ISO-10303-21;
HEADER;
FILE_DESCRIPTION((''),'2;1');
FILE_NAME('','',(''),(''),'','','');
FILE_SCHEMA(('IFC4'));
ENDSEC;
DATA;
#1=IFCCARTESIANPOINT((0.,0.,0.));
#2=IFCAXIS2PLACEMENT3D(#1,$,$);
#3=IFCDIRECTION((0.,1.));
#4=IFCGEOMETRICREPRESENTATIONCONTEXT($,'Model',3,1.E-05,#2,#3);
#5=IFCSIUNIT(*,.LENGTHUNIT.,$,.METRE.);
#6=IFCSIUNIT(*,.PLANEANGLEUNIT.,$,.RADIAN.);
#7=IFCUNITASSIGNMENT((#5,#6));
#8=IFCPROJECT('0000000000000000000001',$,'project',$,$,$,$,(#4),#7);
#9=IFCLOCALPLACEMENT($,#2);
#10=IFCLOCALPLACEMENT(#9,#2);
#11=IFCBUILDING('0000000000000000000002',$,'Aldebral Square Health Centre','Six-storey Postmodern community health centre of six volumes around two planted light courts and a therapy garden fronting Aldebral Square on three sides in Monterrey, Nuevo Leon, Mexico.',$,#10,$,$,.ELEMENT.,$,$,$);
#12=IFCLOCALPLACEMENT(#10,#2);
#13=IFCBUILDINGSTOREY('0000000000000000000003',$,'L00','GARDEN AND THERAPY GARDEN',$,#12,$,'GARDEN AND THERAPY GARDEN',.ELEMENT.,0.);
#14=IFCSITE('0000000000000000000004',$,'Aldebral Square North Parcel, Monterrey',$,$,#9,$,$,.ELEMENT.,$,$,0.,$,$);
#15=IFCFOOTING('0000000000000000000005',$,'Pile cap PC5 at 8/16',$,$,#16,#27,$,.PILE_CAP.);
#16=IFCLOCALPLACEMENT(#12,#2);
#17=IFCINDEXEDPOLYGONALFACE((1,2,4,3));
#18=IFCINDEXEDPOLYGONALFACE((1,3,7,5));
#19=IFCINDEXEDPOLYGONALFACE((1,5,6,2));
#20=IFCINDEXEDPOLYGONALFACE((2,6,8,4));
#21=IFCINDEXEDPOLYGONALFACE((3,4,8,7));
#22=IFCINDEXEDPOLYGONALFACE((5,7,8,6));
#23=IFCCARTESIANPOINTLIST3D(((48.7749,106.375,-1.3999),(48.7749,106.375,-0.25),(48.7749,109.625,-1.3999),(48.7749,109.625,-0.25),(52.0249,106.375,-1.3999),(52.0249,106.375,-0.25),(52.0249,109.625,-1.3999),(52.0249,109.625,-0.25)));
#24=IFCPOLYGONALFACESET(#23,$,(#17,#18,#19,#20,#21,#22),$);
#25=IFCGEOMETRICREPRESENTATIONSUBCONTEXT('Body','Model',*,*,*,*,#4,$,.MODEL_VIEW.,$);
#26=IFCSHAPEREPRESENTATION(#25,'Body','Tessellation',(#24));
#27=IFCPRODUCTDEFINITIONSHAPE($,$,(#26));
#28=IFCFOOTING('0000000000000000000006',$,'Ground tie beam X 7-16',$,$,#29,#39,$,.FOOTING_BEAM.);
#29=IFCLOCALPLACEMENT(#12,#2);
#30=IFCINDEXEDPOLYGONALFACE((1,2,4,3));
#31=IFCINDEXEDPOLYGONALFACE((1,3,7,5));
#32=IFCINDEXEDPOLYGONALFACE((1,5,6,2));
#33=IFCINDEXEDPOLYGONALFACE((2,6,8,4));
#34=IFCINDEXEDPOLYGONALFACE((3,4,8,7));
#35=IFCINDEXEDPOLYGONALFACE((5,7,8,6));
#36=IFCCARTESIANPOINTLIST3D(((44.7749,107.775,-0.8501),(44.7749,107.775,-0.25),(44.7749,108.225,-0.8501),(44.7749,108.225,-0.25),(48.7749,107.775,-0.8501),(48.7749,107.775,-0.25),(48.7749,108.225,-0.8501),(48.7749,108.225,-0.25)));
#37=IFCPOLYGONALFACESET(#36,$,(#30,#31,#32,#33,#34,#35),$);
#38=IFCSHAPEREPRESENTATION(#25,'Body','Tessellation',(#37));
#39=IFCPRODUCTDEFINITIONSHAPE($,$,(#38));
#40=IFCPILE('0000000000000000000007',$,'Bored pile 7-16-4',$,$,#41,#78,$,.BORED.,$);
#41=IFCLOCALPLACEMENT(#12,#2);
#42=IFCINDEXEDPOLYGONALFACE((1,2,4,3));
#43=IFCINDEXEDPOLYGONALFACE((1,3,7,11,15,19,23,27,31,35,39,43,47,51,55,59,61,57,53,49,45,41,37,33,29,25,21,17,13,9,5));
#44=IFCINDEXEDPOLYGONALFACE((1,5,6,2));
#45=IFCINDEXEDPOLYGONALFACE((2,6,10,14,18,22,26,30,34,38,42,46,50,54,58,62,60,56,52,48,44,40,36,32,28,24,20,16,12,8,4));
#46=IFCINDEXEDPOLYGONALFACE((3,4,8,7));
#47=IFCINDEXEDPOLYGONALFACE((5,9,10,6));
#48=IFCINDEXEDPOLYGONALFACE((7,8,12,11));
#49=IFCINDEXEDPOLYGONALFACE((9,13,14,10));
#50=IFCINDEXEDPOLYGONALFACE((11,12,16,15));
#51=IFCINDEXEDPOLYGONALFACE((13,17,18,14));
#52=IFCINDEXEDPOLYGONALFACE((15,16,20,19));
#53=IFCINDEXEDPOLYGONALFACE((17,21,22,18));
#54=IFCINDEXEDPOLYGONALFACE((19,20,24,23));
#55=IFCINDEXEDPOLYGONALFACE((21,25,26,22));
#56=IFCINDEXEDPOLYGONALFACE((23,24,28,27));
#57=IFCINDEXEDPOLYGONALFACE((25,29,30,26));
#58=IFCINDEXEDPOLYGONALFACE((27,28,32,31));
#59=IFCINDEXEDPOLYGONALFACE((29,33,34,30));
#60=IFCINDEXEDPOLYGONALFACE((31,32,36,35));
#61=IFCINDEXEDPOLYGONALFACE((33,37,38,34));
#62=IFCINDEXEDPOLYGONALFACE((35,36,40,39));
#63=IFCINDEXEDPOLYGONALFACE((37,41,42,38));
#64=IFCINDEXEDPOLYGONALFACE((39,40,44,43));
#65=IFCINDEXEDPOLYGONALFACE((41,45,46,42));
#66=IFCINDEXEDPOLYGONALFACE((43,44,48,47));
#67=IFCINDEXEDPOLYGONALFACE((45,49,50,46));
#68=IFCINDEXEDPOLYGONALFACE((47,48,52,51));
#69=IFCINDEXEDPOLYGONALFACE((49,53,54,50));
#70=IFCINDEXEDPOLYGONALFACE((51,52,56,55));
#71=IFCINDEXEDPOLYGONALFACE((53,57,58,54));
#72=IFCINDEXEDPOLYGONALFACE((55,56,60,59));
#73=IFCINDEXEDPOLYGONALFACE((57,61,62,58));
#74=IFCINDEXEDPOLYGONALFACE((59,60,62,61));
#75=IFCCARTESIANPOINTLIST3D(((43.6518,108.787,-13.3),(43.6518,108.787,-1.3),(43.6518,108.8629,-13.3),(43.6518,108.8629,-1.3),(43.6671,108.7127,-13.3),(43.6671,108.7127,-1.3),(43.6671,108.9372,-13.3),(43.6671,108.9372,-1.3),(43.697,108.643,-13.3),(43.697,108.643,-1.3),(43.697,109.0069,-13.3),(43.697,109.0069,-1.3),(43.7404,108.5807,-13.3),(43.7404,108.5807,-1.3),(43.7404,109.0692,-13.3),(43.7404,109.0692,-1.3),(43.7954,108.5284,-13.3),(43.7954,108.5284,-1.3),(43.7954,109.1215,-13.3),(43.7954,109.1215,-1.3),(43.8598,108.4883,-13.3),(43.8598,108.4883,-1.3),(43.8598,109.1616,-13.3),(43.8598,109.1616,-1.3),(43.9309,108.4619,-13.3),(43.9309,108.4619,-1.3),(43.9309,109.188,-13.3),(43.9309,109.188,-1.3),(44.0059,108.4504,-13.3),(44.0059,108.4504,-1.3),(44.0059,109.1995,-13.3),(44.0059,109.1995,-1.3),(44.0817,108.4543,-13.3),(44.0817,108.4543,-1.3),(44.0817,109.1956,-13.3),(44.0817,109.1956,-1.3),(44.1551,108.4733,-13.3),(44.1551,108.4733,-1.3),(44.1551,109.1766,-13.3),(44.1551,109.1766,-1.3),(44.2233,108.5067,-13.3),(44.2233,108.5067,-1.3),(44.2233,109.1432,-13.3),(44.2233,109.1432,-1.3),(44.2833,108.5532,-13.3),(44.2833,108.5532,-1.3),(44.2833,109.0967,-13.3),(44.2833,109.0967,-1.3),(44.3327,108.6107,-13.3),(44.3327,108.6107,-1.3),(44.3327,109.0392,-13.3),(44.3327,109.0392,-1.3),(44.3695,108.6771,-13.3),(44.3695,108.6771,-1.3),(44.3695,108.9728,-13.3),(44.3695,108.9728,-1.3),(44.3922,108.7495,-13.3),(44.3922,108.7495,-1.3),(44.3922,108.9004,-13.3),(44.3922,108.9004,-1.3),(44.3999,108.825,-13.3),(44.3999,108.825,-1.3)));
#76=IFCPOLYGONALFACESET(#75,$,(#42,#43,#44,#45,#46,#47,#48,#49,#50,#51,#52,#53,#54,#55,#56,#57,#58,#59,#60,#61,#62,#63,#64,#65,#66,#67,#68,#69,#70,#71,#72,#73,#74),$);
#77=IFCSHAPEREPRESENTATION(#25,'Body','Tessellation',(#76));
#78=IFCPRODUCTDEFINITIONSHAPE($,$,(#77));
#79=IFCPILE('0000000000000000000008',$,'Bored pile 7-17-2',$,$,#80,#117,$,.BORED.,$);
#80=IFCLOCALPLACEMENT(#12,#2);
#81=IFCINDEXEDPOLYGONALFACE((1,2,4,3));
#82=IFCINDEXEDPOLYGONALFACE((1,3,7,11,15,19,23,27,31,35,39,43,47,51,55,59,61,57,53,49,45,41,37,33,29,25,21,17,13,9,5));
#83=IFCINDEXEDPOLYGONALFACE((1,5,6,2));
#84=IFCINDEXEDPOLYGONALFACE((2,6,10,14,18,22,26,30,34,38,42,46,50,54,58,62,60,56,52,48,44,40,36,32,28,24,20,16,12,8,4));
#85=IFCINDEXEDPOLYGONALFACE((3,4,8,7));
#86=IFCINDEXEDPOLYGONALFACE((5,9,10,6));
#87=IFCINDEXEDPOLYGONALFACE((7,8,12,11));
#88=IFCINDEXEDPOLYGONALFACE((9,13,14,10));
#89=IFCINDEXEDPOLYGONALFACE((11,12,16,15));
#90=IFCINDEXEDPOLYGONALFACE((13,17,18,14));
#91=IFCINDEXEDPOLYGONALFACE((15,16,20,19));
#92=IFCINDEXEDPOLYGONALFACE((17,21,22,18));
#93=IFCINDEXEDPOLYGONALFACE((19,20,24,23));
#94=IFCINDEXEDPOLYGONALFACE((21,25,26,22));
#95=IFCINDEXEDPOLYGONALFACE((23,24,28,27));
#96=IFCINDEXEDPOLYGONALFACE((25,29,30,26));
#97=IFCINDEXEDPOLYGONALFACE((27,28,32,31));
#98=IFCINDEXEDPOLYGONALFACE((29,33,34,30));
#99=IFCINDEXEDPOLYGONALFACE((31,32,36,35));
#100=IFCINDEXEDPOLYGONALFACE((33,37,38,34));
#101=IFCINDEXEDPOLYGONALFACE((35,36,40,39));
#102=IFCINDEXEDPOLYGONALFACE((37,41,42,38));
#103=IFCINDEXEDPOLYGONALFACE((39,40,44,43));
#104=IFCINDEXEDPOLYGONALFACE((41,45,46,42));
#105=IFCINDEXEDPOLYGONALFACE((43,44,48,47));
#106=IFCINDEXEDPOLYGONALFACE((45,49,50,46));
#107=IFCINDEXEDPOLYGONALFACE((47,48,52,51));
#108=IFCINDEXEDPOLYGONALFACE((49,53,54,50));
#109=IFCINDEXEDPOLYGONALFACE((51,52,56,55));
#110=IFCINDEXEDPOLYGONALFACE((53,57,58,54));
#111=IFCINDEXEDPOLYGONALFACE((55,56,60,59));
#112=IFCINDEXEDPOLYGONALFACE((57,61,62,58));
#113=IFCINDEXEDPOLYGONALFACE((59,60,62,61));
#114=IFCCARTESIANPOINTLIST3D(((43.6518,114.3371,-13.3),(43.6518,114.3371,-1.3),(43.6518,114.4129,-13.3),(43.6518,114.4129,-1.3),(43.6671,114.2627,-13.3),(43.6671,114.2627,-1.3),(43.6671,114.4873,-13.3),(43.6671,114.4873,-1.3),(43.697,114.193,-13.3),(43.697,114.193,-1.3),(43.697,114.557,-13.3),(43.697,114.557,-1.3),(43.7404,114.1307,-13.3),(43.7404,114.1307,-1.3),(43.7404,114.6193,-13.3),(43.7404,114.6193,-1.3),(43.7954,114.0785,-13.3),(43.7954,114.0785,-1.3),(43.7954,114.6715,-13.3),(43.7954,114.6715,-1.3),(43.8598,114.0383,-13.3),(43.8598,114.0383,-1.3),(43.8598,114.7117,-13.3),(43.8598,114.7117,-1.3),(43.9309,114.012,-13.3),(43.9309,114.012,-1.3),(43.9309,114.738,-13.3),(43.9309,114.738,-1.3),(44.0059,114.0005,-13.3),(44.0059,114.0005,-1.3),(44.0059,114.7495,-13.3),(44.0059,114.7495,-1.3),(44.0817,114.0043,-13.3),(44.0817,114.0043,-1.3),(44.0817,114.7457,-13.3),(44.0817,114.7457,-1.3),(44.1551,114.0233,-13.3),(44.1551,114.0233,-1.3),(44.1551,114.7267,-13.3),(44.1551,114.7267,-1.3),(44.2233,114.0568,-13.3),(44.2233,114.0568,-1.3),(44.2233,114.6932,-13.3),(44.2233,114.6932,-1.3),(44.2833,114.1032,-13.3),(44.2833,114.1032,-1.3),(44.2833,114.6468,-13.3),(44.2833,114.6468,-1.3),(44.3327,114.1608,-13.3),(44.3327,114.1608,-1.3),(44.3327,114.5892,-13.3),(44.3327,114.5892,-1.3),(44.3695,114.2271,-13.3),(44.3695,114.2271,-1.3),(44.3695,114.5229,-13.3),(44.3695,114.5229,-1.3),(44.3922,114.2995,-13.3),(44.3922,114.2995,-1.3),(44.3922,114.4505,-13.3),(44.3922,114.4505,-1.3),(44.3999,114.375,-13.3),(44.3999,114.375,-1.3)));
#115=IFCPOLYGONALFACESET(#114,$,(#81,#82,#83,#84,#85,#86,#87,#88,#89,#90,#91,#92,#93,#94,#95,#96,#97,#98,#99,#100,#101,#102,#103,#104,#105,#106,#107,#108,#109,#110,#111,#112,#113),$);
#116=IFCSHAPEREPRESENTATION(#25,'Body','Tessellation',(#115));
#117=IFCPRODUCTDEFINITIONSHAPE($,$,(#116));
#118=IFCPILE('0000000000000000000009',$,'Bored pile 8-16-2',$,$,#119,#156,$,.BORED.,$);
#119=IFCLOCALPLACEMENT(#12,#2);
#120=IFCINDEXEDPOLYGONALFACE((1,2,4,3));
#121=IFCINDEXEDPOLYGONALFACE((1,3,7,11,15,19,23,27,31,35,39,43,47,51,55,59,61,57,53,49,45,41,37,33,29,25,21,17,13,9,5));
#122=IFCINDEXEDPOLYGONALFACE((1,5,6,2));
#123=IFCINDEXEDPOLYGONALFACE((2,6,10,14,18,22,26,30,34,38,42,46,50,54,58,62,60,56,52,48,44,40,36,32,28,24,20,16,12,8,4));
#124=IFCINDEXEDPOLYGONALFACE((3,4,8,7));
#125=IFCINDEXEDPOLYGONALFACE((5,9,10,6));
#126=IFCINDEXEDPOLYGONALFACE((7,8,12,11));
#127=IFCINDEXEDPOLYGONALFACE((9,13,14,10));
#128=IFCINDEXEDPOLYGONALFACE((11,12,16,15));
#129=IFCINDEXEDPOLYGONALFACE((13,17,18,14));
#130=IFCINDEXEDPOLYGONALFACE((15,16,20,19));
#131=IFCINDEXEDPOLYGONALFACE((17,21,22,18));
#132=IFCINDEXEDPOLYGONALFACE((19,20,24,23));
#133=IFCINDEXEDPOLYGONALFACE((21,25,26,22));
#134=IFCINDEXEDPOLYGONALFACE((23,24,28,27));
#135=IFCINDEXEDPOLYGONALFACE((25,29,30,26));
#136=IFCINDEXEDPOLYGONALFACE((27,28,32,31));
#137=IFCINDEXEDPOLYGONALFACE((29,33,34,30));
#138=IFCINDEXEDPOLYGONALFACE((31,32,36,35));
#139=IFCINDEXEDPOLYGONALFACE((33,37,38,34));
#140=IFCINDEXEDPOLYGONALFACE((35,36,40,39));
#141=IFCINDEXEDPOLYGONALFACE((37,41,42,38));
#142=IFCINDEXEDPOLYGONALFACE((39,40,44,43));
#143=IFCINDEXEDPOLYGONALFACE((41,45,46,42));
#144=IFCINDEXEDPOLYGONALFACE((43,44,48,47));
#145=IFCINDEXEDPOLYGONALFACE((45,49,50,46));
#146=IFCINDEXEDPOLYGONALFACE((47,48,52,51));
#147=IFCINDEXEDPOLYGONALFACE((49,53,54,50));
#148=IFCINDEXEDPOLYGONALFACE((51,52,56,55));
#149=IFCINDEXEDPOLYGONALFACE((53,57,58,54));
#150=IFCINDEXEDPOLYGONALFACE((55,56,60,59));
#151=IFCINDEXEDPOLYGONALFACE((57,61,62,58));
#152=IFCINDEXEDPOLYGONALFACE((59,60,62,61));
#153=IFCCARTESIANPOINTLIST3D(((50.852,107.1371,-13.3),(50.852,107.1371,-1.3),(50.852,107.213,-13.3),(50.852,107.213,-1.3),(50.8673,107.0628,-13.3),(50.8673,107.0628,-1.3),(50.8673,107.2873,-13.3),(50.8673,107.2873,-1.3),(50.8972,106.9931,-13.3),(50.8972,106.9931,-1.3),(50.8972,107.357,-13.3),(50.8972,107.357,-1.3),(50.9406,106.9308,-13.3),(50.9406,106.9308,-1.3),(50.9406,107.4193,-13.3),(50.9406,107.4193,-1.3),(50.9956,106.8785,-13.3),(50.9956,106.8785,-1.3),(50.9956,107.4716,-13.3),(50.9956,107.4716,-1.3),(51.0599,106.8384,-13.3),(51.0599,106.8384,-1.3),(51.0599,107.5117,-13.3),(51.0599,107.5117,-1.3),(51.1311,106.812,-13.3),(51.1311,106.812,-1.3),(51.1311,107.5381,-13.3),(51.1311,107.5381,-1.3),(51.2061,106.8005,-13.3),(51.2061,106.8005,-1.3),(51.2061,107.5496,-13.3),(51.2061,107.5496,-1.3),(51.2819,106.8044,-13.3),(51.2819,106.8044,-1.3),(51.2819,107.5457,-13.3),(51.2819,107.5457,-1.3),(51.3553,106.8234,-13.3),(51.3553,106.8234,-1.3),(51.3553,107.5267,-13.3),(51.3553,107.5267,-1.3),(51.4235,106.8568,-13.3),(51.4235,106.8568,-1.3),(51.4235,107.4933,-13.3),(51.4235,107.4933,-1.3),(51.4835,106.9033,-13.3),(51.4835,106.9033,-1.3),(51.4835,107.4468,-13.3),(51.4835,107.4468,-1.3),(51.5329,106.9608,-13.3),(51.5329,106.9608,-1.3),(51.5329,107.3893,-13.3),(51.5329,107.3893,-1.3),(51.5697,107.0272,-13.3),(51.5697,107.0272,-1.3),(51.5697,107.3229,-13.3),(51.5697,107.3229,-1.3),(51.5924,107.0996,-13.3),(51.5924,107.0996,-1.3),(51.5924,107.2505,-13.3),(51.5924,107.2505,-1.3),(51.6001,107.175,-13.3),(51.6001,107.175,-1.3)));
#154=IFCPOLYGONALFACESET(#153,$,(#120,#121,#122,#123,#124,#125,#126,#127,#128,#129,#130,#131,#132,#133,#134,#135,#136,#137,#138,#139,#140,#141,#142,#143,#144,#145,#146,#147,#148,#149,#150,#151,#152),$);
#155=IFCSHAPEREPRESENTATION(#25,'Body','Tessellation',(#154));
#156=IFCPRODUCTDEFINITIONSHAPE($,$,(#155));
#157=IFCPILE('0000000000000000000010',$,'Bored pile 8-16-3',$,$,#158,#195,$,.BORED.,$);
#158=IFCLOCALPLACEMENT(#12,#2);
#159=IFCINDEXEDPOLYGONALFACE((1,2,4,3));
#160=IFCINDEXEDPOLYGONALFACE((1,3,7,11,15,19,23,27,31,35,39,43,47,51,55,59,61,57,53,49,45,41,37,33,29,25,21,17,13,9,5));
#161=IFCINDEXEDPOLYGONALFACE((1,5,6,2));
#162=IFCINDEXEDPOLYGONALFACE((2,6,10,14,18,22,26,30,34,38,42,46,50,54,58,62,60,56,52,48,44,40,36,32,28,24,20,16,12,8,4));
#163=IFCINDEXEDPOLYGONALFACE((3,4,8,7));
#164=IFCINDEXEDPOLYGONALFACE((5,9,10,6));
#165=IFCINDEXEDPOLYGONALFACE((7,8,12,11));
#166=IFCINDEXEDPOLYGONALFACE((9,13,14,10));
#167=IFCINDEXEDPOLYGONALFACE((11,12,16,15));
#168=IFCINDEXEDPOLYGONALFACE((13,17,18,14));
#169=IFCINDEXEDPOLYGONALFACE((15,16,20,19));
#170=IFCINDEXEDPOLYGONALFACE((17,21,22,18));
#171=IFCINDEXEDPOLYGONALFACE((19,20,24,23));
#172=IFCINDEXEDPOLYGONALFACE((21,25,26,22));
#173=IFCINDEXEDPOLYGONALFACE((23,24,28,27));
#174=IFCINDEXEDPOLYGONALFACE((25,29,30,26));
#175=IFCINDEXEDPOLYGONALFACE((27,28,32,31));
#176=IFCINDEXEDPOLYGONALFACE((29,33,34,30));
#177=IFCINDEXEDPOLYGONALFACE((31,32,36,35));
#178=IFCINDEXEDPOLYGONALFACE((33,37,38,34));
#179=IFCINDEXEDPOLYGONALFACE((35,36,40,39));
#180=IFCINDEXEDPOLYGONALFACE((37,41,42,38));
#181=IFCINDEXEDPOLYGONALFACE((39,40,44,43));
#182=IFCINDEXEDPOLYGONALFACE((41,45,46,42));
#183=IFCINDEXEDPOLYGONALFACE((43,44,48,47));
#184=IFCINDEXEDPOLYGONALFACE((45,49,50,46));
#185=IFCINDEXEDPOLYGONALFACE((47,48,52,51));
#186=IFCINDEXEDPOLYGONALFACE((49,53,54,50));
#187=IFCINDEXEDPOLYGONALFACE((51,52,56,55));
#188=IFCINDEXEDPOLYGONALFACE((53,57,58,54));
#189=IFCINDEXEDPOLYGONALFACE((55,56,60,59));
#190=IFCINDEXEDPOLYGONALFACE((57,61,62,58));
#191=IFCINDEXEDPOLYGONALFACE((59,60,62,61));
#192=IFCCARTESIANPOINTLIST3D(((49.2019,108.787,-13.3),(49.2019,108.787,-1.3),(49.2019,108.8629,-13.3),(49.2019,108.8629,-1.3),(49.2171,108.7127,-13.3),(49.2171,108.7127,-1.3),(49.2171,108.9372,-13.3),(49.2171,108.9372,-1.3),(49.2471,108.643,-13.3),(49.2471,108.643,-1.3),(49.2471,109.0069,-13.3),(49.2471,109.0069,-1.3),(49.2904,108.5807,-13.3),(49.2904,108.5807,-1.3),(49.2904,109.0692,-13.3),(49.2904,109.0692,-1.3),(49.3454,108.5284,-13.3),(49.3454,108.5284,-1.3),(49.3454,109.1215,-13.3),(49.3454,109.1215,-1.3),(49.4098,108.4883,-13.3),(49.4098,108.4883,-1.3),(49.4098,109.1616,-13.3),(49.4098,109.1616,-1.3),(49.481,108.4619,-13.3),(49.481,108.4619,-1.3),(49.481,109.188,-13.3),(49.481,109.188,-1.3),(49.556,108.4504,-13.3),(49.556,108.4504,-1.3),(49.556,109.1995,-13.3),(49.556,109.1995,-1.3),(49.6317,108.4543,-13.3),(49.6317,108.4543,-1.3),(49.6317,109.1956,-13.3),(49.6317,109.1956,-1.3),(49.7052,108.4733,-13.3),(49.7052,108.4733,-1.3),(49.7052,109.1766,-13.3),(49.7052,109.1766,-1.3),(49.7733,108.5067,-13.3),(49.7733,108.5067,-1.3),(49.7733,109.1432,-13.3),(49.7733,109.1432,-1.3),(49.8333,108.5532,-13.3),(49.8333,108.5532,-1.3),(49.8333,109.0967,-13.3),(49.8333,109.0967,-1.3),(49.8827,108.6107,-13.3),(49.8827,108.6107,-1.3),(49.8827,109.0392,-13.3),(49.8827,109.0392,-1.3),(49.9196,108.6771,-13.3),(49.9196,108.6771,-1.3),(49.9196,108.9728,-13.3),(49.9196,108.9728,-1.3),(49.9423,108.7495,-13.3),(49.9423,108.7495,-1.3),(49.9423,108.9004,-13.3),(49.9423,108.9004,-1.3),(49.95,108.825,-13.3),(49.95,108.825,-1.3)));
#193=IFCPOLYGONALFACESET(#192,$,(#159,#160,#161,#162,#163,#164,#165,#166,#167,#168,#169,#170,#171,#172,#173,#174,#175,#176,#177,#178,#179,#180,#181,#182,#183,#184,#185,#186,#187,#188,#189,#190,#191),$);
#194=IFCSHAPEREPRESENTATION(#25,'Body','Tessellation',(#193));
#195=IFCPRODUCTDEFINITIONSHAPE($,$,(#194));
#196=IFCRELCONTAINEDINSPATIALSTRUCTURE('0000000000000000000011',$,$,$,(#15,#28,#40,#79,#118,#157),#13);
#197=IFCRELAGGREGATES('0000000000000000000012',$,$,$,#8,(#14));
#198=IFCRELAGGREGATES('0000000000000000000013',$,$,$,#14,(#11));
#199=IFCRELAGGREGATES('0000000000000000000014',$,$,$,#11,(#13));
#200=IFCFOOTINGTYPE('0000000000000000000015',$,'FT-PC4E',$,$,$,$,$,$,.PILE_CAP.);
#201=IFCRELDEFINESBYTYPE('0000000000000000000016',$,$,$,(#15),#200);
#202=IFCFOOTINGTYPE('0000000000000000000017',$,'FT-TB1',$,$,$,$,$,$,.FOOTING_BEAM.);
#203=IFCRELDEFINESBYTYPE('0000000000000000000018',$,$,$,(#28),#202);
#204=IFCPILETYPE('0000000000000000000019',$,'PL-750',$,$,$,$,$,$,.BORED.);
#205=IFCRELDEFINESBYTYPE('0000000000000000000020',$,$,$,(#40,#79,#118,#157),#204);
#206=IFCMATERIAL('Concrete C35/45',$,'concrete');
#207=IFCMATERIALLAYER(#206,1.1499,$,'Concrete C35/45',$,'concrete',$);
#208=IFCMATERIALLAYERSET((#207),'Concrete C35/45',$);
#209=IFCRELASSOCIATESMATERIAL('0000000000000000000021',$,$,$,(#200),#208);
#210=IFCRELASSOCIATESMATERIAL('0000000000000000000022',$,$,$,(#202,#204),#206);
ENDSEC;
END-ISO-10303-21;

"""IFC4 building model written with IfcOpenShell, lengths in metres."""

from ifc_helpers import new_model, si_unit, direction, frame, origin, origin_2d, place, context, subcontext, project, spatial, rectangle, circle, extrude, material, layer, layer_set, material_profile, profile_set, type_object, element, save


model = new_model("IFC4")

# Units and contexts
model_context = context("Model", 3, precision=1e-05, world=origin(), true_north=direction((0.0, 1.0)))
body_context = subcontext(model_context, "Body", "Model", "MODEL_VIEW")
ifc_project = project(units=[si_unit("LENGTHUNIT", "METRE"), si_unit("PLANEANGLEUNIT", "RADIAN")], contexts=[model_context])

# Site, building, storey
site_placement = place(None, origin())
site = spatial("IfcSite", under=ifc_project, at=site_placement, Name="Aldebral Square North Parcel, Monterrey", CompositionType="ELEMENT", RefElevation=0.0)
building_placement = place(site_placement, origin())
building = spatial("IfcBuilding", under=site, at=building_placement, Name="Aldebral Square Health Centre", Description="Six-storey Postmodern community health centre of six volumes around two planted light courts and a therapy garden fronting Aldebral Square on three sides in Monterrey, Nuevo Leon, Mexico.", CompositionType="ELEMENT")
storey_placement = place(building_placement, origin())
storey = spatial("IfcBuildingStorey", under=building, at=storey_placement, Name="L00", Description="GARDEN AND THERAPY GARDEN", LongName="GARDEN AND THERAPY GARDEN", CompositionType="ELEMENT", Elevation=0.0)

# Footings
ifc_material_1 = material(Name="Concrete C35/45", Category="concrete")
ifc_layer_1 = layer(ifc_material_1, 1.1499, Name="Concrete C35/45", Category="concrete")
ifc_layer_set_1 = layer_set([ifc_layer_1], Name="Concrete C35/45")
footing_type_1 = type_object("IfcFootingType", Name="FT-PC4E", PredefinedType="PILE_CAP", material=ifc_layer_set_1)
footing_1_placement = place(storey_placement, frame((50.3999, 108.0, -1.3999), z_axis=(0.0, 0.0, 1.0), x_axis=(1.0, 0.0, 0.0)))
element("IfcFooting", 1, at=footing_1_placement, inside=storey, type_object=footing_type_1, Name="Pile cap PC5 at 8/16", PredefinedType="PILE_CAP", context=body_context, shape_type="SweptSolid", body=[
    extrude(rectangle(XDim=3.25, YDim=3.25, at=origin_2d()), origin(), (0.0, 0.0, 1.0), 1.1499),
])
ifc_material_profile_1 = material_profile(ifc_material_1, rectangle(XDim=0.45, YDim=0.6001, at=origin_2d()), Name="RC 450x600")
ifc_profile_set_1 = profile_set([ifc_material_profile_1], Name="Concrete C35/45")
footing_type_2 = type_object("IfcFootingType", Name="FT-TB1", PredefinedType="FOOTING_BEAM", material=ifc_profile_set_1)
footing_2_placement = place(storey_placement, frame((44.7749, 108.0, -0.55), z_axis=(1.0, 0.0, 0.0), x_axis=(0.0, 1.0, 0.0)))
element("IfcFooting", 2, at=footing_2_placement, inside=storey, type_object=footing_type_2, Name="Ground tie beam X 7-16", PredefinedType="FOOTING_BEAM", context=body_context, shape_type="SweptSolid", body=[
    extrude(rectangle(XDim=0.45, YDim=0.6001, at=origin_2d()), origin(), (0.0, 0.0, 1.0), 4.0),
])

# Piles
ifc_material_profile_2 = material_profile(ifc_material_1, circle(Radius=0.375, at=origin_2d()), Name="PILE D750")
ifc_profile_set_2 = profile_set([ifc_material_profile_2], Name="Concrete C35/45")
pile_type = type_object("IfcPileType", Name="PL-750", PredefinedType="BORED", material=ifc_profile_set_2)
for number, where, z_axis, x_axis, name in (
    (3, (44.0249, 108.825, -1.3), (0.0, 0.0, -1.0), (1.0, 0.0, 0.0), "Bored pile 7-16-4"),
    (4, (44.0249, 114.375, -1.3), (0.0, 0.0, -1.0), (1.0, 0.0, 0.0), "Bored pile 7-17-2"),
    (5, (51.2251, 107.175, -1.3), (0.0, 0.0, -1.0), (1.0, 0.0, 0.0), "Bored pile 8-16-2"),
    (6, (49.575, 108.825, -1.3), (0.0, 0.0, -1.0), (1.0, 0.0, 0.0), "Bored pile 8-16-3"),
):
    element("IfcPile", number, at=place(storey_placement, frame(where, z_axis=z_axis, x_axis=x_axis)), inside=storey, type_object=pile_type, Name=name, PredefinedType="BORED", context=body_context, shape_type="SweptSolid", body=[
        extrude(circle(Radius=0.375, at=origin_2d()), origin(), (0.0, 0.0, 1.0), 12.0),
    ])

save(model, "model.ifc")
